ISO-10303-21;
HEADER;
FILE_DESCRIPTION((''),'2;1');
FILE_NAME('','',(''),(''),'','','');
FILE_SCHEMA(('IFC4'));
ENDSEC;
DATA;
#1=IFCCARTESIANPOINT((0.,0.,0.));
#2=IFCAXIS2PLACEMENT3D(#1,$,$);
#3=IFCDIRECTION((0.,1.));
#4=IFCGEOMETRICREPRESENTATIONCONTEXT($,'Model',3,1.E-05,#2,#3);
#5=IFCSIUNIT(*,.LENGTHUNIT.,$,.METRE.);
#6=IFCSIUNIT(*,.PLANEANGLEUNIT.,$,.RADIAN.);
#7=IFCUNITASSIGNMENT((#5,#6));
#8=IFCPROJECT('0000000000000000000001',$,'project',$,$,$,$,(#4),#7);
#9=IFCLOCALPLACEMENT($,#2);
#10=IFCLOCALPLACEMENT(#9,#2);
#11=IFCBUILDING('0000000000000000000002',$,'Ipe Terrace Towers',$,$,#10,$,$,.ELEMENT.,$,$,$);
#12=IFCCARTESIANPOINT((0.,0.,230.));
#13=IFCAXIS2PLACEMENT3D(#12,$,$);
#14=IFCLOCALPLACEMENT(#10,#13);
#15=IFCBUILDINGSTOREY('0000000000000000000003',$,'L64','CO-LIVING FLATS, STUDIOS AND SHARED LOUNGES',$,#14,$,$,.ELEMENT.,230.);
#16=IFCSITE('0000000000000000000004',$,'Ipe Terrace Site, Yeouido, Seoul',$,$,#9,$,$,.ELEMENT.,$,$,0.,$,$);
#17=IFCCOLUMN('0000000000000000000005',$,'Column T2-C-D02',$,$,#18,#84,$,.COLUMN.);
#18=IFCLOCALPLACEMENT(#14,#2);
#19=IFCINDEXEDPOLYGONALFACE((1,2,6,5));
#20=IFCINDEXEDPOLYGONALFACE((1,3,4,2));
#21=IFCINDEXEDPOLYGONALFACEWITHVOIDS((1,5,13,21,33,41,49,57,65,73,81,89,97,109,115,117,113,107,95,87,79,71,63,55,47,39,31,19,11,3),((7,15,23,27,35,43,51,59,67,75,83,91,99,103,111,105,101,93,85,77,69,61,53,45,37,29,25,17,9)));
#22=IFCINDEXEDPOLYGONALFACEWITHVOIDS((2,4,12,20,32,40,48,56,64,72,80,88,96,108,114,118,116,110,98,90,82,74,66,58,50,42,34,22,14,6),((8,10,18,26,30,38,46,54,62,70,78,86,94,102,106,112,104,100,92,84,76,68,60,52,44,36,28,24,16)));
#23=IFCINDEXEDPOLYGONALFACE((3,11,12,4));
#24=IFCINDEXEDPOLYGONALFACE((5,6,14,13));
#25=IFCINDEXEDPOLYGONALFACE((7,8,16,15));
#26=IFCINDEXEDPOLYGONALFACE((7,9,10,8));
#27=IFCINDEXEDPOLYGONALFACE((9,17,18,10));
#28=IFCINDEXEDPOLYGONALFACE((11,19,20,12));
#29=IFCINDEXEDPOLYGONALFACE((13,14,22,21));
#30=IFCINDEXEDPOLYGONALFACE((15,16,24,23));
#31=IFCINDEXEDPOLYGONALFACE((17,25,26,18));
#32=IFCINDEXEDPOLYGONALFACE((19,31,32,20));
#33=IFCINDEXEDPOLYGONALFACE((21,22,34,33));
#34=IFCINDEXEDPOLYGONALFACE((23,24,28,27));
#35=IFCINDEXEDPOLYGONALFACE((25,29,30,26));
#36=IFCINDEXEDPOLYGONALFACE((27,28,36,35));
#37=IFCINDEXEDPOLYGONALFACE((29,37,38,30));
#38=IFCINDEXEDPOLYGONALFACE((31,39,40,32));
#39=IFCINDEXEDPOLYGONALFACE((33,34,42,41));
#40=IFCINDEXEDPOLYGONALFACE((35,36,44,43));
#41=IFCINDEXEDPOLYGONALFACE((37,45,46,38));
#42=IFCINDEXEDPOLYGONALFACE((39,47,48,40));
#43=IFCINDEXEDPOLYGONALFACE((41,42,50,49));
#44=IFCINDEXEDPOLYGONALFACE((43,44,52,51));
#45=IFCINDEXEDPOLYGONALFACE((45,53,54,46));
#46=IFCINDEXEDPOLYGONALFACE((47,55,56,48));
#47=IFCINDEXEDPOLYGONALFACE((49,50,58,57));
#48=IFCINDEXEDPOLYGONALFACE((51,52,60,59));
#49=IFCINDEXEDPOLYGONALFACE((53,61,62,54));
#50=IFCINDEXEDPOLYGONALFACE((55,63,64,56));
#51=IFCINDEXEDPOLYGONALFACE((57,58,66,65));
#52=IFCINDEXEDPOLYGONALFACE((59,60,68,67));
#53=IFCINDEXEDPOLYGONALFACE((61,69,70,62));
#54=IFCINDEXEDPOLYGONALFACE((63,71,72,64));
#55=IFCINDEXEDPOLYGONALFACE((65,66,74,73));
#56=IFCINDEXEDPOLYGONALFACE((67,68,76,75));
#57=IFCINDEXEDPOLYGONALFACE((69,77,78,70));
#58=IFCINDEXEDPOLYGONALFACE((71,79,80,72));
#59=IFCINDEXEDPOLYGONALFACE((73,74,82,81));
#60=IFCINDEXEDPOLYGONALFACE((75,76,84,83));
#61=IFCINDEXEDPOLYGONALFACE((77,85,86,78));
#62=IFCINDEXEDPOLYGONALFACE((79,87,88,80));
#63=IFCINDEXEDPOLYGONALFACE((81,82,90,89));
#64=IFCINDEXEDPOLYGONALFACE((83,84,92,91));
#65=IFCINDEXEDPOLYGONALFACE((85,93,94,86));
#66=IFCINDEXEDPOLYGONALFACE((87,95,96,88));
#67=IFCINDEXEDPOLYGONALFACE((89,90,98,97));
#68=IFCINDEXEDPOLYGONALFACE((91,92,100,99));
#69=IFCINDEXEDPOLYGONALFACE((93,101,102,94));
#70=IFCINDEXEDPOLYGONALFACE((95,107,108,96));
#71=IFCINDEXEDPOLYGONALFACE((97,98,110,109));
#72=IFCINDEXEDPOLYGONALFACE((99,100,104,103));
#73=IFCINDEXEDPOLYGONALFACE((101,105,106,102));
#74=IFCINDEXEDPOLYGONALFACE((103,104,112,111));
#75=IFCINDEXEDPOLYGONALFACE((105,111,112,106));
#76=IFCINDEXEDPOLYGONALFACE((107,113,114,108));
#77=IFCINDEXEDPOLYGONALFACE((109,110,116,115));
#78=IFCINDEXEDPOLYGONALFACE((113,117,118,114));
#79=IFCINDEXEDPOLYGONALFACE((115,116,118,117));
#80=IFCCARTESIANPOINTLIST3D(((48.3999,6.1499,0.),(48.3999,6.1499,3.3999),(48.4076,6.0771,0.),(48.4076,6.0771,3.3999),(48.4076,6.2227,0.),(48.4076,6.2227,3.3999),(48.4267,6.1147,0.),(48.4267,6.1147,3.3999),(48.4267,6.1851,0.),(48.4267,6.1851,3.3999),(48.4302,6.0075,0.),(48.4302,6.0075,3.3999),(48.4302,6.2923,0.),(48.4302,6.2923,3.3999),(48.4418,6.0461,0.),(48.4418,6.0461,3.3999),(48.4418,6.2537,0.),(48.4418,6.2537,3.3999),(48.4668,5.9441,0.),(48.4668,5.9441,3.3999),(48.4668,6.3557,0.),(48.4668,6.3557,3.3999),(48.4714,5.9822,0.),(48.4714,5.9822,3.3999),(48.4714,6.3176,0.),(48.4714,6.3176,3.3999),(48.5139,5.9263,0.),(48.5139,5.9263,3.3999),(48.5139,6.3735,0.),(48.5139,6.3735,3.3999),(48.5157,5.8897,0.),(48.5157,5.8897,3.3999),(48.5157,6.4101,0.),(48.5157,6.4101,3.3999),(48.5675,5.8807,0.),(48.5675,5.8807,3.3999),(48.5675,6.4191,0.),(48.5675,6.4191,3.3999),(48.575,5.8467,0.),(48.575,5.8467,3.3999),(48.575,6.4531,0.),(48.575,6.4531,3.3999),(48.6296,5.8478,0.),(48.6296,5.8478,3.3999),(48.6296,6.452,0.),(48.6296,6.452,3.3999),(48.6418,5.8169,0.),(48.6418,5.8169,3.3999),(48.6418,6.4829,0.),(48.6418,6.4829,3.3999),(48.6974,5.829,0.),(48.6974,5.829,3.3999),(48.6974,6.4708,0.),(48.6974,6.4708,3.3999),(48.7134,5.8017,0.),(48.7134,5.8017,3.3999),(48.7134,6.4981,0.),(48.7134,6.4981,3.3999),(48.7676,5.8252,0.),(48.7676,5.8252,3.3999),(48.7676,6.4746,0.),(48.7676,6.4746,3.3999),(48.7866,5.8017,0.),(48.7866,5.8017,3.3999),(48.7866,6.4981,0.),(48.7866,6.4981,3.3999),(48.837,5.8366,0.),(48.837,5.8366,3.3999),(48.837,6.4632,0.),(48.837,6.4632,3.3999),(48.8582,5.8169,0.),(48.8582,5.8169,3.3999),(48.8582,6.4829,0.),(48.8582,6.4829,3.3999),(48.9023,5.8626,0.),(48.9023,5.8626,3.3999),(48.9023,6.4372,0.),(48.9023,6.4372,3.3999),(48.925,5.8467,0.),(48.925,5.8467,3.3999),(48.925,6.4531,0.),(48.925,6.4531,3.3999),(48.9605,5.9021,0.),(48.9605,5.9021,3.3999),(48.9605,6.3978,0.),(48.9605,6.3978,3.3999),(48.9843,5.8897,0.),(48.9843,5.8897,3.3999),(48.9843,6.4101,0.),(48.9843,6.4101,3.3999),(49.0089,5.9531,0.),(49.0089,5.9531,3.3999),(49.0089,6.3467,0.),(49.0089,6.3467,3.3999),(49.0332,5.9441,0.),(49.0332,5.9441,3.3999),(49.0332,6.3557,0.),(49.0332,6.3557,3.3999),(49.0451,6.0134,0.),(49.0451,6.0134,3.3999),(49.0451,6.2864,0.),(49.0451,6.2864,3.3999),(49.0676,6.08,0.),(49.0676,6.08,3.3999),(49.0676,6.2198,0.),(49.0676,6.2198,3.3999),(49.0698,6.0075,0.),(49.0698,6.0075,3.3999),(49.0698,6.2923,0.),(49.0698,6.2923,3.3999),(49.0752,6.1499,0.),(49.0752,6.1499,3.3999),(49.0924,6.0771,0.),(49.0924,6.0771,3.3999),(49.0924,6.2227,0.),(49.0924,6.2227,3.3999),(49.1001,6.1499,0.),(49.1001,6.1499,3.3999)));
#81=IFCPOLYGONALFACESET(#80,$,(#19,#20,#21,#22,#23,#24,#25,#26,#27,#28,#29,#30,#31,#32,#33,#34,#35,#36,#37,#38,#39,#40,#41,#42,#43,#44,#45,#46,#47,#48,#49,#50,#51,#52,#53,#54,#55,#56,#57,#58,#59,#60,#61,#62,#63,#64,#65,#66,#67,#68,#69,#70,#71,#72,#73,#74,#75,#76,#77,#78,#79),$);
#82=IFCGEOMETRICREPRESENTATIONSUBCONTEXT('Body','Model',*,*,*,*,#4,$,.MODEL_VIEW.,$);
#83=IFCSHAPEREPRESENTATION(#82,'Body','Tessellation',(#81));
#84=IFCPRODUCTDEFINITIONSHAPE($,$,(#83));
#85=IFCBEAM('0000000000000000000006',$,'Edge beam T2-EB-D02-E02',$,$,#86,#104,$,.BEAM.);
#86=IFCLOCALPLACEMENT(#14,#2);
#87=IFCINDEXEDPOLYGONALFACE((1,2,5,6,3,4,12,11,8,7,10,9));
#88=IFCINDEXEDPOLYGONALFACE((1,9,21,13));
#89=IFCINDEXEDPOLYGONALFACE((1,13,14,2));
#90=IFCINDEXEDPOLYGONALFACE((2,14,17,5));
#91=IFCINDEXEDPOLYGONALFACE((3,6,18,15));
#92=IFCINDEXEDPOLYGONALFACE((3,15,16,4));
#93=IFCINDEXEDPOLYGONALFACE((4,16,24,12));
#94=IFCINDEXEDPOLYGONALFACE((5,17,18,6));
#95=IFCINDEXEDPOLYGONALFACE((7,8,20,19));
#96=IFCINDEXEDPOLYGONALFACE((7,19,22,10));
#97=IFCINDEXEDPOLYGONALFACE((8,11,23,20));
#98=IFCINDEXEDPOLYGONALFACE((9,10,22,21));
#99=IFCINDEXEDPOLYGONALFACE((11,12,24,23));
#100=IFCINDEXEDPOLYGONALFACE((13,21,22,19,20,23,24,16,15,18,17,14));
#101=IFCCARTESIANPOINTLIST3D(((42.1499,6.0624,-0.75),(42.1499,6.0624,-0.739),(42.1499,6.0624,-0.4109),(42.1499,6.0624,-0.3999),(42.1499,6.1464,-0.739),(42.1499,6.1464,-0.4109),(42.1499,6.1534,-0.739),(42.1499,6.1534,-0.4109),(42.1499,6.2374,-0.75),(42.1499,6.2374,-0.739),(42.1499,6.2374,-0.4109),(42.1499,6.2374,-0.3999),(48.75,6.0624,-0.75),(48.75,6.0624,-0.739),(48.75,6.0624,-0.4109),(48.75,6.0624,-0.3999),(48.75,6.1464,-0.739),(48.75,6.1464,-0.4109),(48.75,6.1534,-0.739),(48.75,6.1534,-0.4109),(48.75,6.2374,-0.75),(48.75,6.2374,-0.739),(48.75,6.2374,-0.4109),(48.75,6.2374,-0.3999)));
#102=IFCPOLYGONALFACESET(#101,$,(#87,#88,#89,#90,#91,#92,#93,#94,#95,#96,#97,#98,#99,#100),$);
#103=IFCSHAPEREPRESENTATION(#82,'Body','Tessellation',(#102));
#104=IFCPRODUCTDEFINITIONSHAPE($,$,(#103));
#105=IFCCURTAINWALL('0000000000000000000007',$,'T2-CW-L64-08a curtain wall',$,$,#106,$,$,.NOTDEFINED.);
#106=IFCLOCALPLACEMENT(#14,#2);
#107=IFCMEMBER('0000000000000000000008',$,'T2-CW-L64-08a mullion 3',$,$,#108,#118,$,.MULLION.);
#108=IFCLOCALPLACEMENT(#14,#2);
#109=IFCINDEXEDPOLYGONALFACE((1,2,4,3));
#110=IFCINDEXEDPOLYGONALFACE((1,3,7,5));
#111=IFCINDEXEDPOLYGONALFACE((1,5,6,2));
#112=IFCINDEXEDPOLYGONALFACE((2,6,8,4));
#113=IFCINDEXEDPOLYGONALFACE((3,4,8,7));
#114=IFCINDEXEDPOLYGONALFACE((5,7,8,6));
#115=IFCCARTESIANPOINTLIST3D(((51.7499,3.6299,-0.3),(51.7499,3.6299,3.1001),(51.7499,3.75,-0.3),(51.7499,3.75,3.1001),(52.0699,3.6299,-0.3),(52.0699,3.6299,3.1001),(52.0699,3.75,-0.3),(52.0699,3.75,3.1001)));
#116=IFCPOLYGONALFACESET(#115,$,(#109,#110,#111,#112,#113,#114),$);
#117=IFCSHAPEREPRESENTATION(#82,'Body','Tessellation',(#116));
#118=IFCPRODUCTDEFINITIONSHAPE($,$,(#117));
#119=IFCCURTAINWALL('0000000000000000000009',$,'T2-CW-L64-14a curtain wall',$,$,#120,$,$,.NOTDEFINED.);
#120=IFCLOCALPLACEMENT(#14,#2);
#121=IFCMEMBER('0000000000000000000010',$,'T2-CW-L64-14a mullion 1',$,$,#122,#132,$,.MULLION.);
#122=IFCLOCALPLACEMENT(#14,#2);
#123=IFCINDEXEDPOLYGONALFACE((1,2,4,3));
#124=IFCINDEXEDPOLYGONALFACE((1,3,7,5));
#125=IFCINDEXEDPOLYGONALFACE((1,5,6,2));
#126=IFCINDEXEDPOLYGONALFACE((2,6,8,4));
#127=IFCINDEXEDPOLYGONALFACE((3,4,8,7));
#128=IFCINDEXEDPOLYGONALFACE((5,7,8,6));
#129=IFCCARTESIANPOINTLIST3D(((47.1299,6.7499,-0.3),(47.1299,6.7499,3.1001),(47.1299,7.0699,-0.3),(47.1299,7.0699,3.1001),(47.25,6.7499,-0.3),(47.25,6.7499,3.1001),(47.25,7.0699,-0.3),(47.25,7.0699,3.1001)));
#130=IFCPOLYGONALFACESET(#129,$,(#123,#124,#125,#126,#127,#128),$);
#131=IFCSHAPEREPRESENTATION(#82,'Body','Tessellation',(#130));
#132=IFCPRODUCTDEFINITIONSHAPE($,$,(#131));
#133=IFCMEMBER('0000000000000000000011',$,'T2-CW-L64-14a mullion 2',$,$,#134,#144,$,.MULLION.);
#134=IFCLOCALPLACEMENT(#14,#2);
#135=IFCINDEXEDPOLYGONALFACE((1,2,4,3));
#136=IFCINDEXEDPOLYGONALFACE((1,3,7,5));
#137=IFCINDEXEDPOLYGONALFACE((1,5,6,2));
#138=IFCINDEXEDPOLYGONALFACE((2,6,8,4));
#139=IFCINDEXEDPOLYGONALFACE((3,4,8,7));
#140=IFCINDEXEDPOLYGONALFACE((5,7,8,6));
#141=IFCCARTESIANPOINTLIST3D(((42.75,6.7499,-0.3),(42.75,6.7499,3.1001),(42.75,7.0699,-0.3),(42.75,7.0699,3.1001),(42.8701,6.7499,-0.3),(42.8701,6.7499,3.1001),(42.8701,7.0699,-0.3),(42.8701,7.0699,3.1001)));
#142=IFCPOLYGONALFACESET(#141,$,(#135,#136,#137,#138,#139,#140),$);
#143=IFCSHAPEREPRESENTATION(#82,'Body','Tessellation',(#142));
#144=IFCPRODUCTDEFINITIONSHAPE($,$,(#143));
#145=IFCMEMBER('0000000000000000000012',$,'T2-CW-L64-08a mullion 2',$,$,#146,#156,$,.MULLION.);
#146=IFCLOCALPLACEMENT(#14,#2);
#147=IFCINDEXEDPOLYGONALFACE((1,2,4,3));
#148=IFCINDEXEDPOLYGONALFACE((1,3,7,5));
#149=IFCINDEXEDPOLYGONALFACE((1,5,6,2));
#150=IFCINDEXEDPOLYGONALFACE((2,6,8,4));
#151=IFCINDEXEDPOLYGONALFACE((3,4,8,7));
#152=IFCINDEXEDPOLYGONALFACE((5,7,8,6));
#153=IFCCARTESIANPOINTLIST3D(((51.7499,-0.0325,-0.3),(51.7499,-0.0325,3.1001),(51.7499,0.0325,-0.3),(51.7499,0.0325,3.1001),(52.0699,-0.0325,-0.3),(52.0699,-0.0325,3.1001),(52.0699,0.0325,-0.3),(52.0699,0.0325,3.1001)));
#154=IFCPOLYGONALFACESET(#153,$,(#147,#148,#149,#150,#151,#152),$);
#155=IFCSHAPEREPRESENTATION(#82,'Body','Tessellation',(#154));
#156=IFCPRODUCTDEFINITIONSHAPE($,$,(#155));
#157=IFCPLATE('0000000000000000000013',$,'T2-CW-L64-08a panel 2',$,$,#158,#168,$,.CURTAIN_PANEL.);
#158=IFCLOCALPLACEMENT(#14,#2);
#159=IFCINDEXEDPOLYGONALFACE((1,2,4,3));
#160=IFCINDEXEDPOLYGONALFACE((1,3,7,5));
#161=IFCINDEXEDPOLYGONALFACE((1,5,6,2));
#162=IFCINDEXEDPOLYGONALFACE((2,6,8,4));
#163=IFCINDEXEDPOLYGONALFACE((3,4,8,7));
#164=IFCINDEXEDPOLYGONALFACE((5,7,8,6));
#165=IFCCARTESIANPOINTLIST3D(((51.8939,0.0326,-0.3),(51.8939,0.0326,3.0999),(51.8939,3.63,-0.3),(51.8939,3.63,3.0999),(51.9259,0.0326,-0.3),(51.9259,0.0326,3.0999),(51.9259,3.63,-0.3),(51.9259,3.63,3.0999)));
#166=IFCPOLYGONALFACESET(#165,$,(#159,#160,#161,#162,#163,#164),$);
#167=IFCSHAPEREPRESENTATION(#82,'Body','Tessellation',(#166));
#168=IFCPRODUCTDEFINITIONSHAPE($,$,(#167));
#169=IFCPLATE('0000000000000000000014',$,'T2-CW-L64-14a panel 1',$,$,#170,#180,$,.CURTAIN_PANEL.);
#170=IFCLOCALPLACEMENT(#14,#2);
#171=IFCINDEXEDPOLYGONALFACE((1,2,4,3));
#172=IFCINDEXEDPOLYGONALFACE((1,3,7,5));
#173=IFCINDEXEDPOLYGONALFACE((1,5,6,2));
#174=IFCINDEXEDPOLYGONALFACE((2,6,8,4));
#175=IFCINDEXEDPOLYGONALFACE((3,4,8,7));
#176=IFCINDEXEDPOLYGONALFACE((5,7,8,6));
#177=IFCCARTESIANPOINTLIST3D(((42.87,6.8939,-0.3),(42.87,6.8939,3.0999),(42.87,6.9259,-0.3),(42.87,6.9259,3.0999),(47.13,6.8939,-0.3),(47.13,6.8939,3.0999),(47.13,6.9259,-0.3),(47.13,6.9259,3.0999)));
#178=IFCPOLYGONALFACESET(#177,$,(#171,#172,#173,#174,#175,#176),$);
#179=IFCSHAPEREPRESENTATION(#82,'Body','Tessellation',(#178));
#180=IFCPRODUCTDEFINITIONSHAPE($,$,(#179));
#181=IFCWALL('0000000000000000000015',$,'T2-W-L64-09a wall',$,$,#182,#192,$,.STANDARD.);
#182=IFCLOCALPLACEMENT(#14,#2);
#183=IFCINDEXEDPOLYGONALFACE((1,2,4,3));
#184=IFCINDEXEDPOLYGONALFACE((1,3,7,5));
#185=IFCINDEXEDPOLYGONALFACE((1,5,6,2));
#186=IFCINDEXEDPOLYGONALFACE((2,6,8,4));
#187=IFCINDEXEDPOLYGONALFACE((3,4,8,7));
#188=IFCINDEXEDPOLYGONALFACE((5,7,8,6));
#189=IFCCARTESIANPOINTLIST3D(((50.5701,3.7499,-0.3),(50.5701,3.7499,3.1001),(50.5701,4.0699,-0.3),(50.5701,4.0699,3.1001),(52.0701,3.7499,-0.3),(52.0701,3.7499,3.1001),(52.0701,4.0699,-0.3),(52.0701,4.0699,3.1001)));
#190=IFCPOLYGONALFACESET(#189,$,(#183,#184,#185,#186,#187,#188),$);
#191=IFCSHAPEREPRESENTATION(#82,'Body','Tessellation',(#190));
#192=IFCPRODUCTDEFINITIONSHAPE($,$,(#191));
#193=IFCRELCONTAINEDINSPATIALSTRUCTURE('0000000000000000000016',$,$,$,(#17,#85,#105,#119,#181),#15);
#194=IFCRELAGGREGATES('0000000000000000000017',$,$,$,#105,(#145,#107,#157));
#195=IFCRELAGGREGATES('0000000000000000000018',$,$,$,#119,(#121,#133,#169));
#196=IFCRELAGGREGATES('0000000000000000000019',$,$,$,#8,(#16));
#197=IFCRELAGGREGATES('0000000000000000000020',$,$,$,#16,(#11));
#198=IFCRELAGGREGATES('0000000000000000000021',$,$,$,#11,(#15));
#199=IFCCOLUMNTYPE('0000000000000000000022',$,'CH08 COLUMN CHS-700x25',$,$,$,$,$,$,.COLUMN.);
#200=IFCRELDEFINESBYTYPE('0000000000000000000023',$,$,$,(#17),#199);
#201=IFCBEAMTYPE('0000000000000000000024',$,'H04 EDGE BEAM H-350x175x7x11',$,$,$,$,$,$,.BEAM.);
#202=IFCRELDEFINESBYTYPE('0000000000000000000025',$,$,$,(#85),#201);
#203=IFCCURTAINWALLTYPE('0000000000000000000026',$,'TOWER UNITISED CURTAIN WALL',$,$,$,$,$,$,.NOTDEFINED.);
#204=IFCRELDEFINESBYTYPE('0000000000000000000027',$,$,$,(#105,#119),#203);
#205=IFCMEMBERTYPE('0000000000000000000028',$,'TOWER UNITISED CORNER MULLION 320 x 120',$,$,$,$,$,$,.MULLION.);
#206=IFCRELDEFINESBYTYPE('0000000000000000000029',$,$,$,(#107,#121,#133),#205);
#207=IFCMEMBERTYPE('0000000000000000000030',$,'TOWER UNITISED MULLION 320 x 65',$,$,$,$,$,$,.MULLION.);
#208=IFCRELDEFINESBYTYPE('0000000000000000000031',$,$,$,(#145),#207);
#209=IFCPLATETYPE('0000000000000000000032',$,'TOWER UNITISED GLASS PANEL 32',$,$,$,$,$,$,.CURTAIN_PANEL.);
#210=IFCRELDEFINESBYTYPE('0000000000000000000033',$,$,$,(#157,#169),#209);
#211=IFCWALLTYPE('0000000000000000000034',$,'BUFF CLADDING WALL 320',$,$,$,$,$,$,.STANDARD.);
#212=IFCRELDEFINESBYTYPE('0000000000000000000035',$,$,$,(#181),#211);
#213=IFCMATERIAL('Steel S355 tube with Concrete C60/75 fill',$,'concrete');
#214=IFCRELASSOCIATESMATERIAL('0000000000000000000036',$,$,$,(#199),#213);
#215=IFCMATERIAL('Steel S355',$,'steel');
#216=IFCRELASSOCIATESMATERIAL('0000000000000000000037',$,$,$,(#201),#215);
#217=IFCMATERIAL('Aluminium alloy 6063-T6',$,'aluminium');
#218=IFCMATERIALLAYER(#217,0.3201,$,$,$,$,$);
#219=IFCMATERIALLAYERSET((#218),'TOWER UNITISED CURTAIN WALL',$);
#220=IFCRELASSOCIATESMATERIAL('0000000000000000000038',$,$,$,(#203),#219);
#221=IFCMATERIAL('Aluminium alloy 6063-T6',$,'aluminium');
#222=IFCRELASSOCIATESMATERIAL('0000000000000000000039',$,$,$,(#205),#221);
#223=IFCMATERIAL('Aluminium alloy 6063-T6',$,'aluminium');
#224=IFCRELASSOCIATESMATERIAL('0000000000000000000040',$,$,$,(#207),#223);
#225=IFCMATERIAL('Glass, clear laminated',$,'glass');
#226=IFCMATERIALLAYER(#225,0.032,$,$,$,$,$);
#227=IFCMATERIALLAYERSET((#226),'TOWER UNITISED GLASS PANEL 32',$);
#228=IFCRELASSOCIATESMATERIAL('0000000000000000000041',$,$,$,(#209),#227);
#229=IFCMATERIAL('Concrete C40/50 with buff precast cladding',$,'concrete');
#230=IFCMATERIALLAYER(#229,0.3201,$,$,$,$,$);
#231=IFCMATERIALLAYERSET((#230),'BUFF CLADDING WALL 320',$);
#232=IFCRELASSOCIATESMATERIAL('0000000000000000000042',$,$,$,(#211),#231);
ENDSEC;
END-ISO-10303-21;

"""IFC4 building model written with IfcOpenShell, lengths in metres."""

from ifc_helpers import new_model, si_unit, direction, frame, frame_2d, origin, origin_2d, place, context, subcontext, project, spatial, rectangle, hollow_circle, i_section, extrude, material, layer, layer_set, material_profile, profile_set, type_object, element, aggregate, save


model = new_model("IFC4")

# Units and contexts
model_context = context("Model", 3, precision=1e-05, world=origin(), true_north=direction((0.0, 1.0)))
body_context = subcontext(model_context, "Body", "Model", "MODEL_VIEW")
ifc_project = project(units=[si_unit("LENGTHUNIT", "METRE"), si_unit("PLANEANGLEUNIT", "RADIAN")], contexts=[model_context])

# Site, building, storey
site_placement = place(None, origin())
site = spatial("IfcSite", under=ifc_project, at=site_placement, Name="Ipe Terrace Site, Yeouido, Seoul", CompositionType="ELEMENT", RefElevation=0.0)
building_placement = place(site_placement, origin())
building = spatial("IfcBuilding", under=site, at=building_placement, Name="Ipe Terrace Towers", CompositionType="ELEMENT")
storey_placement = place(building_placement, frame((0.0, 0.0, 230.0)))
storey = spatial("IfcBuildingStorey", under=building, at=storey_placement, Name="L64", Description="CO-LIVING FLATS, STUDIOS AND SHARED LOUNGES", CompositionType="ELEMENT", Elevation=230.0)

# Column
ifc_material_1 = material(Name="Steel S355 tube with Concrete C60/75 fill", Category="concrete")
ifc_material_profile_1 = material_profile(ifc_material_1, hollow_circle(Radius=0.3501, WallThickness=0.0249, at=origin_2d()), Name="CHS-700x25")
ifc_profile_set_1 = profile_set([ifc_material_profile_1], Name="Steel S355 tube with Concrete C60/75 fill")
column_type = type_object("IfcColumnType", Name="CH08 COLUMN CHS-700x25", PredefinedType="COLUMN", material=ifc_profile_set_1)
column_placement = place(storey_placement, frame((48.75, 6.1499, 0.0), z_axis=(0.0, 0.0, 1.0), x_axis=(1.0, 0.0, 0.0)))
element("IfcColumn", 1, at=column_placement, inside=storey, type_object=column_type, Name="Column T2-C-D02", PredefinedType="COLUMN", context=body_context, shape_type="SweptSolid", body=[
    extrude(hollow_circle(Radius=0.3501, WallThickness=0.0249, at=origin_2d()), origin(), (0.0, 0.0, 1.0), 3.3999),
])

# Beam
ifc_material_2 = material(Name="Steel S355", Category="steel")
ifc_material_profile_2 = material_profile(ifc_material_2, i_section(OverallWidth=0.175, OverallDepth=0.3501, WebThickness=0.0071, FlangeThickness=0.011, at=origin_2d()), Name="H-350x175x7x11")
ifc_profile_set_2 = profile_set([ifc_material_profile_2], Name="Steel S355")
beam_type = type_object("IfcBeamType", Name="H04 EDGE BEAM H-350x175x7x11", PredefinedType="BEAM", material=ifc_profile_set_2)
beam_placement = place(storey_placement, frame((48.75, 6.1499, -0.575), z_axis=(-1.0, 0.0, 0.0), x_axis=(0.0, -1.0, 0.0)))
element("IfcBeam", 2, at=beam_placement, inside=storey, type_object=beam_type, Name="Edge beam T2-EB-D02-E02", PredefinedType="BEAM", context=body_context, shape_type="SweptSolid", body=[
    extrude(i_section(OverallWidth=0.175, OverallDepth=0.3501, WebThickness=0.0071, FlangeThickness=0.011, at=origin_2d()), origin(), (0.0, 0.0, 1.0), 6.6001),
])

# Curtain wall, member
ifc_material_3 = material(Name="Aluminium alloy 6063-T6", Category="aluminium")
ifc_layer_1 = layer(ifc_material_3, 0.3201)
ifc_layer_set_1 = layer_set([ifc_layer_1], Name="TOWER UNITISED CURTAIN WALL")
curtain_wall_type = type_object("IfcCurtainWallType", Name="TOWER UNITISED CURTAIN WALL", PredefinedType="NOTDEFINED", material=ifc_layer_set_1)
curtain_wall_1_placement = place(storey_placement, origin())
curtain_wall_1 = element("IfcCurtainWall", 3, at=curtain_wall_1_placement, inside=storey, type_object=curtain_wall_type, Name="T2-CW-L64-08a curtain wall", PredefinedType="NOTDEFINED")
ifc_material_4 = material(Name="Aluminium alloy 6063-T6", Category="aluminium")
ifc_material_profile_3 = material_profile(ifc_material_4, rectangle(XDim=0.3201, YDim=0.1201, at=origin_2d()), Name="TOWER UNITISED CORNER MULLION 320 x 120")
ifc_profile_set_3 = profile_set([ifc_material_profile_3], Name="Aluminium alloy 6063-T6")
member_type_1 = type_object("IfcMemberType", Name="TOWER UNITISED CORNER MULLION 320 x 120", PredefinedType="MULLION", material=ifc_profile_set_3)
member_1_placement = place(storey_placement, frame((51.9099, 3.6899, -0.3), z_axis=(0.0, 0.0, 1.0), x_axis=(1.0, 0.0, 0.0)))
member_1 = element("IfcMember", 4, at=member_1_placement, type_object=member_type_1, Name="T2-CW-L64-08a mullion 3", PredefinedType="MULLION", context=body_context, shape_type="SweptSolid", body=[
    extrude(rectangle(XDim=0.3201, YDim=0.1201, at=origin_2d()), origin(), (0.0, 0.0, 1.0), 3.4001),
])

# Curtain wall, members
curtain_wall_2_placement = place(storey_placement, origin())
curtain_wall_2 = element("IfcCurtainWall", 5, at=curtain_wall_2_placement, inside=storey, type_object=curtain_wall_type, Name="T2-CW-L64-14a curtain wall", PredefinedType="NOTDEFINED")
member_2_placement = place(storey_placement, frame((47.1899, 6.9099, -0.3), z_axis=(0.0, 0.0, 1.0), x_axis=(0.0, 1.0, 0.0)))
member_2 = element("IfcMember", 6, at=member_2_placement, type_object=member_type_1, Name="T2-CW-L64-14a mullion 1", PredefinedType="MULLION", context=body_context, shape_type="SweptSolid", body=[
    extrude(rectangle(XDim=0.3201, YDim=0.1201, at=origin_2d()), origin(), (0.0, 0.0, 1.0), 3.4001),
])
member_3_placement = place(storey_placement, frame((42.8101, 6.9099, -0.3), z_axis=(0.0, 0.0, 1.0), x_axis=(0.0, 1.0, 0.0)))
member_3 = element("IfcMember", 7, at=member_3_placement, type_object=member_type_1, Name="T2-CW-L64-14a mullion 2", PredefinedType="MULLION", context=body_context, shape_type="SweptSolid", body=[
    extrude(rectangle(XDim=0.3201, YDim=0.1201, at=origin_2d()), origin(), (0.0, 0.0, 1.0), 3.4001),
])

# Member
ifc_material_5 = material(Name="Aluminium alloy 6063-T6", Category="aluminium")
ifc_material_profile_4 = material_profile(ifc_material_5, rectangle(XDim=0.3201, YDim=0.0649, at=origin_2d()), Name="TOWER UNITISED MULLION 320 x 65")
ifc_profile_set_4 = profile_set([ifc_material_profile_4], Name="Aluminium alloy 6063-T6")
member_type_2 = type_object("IfcMemberType", Name="TOWER UNITISED MULLION 320 x 65", PredefinedType="MULLION", material=ifc_profile_set_4)
member_4_placement = place(storey_placement, frame((51.9099, 0.0, -0.3), z_axis=(0.0, 0.0, 1.0), x_axis=(1.0, 0.0, 0.0)))
member_4 = element("IfcMember", 8, at=member_4_placement, type_object=member_type_2, Name="T2-CW-L64-08a mullion 2", PredefinedType="MULLION", context=body_context, shape_type="SweptSolid", body=[
    extrude(rectangle(XDim=0.3201, YDim=0.0649, at=origin_2d()), origin(), (0.0, 0.0, 1.0), 3.4001),
])

# Plates
ifc_material_6 = material(Name="Glass, clear laminated", Category="glass")
ifc_layer_2 = layer(ifc_material_6, 0.032)
ifc_layer_set_2 = layer_set([ifc_layer_2], Name="TOWER UNITISED GLASS PANEL 32")
plate_type = type_object("IfcPlateType", Name="TOWER UNITISED GLASS PANEL 32", PredefinedType="CURTAIN_PANEL", material=ifc_layer_set_2)
plate_1_placement = place(storey_placement, frame((51.9099, 1.8313, -0.3), z_axis=(0.0, 0.0, 1.0), x_axis=(0.0, 1.0, 0.0)))
plate_1 = element("IfcPlate", 9, at=plate_1_placement, type_object=plate_type, Name="T2-CW-L64-08a panel 2", PredefinedType="CURTAIN_PANEL", context=body_context, shape_type="SweptSolid", body=[
    extrude(rectangle(XDim=3.5974, YDim=0.032, at=origin_2d()), origin(), (0.0, 0.0, 1.0), 3.3999),
])
aggregate(curtain_wall_1, [member_4, member_1, plate_1])
plate_2_placement = place(storey_placement, frame((45.0, 6.9099, -0.3), z_axis=(0.0, 0.0, 1.0), x_axis=(-1.0, 0.0, 0.0)))
plate_2 = element("IfcPlate", 10, at=plate_2_placement, type_object=plate_type, Name="T2-CW-L64-14a panel 1", PredefinedType="CURTAIN_PANEL", context=body_context, shape_type="SweptSolid", body=[
    extrude(rectangle(XDim=4.26, YDim=0.032, at=origin_2d()), origin(), (0.0, 0.0, 1.0), 3.3999),
])
aggregate(curtain_wall_2, [member_2, member_3, plate_2])

# Wall
ifc_material_7 = material(Name="Concrete C40/50 with buff precast cladding", Category="concrete")
ifc_layer_3 = layer(ifc_material_7, 0.3201)
ifc_layer_set_3 = layer_set([ifc_layer_3], Name="BUFF CLADDING WALL 320")
wall_type_1 = type_object("IfcWallType", Name="BUFF CLADDING WALL 320", PredefinedType="STANDARD", material=ifc_layer_set_3)
wall_1_placement = place(storey_placement, frame((52.0701, 3.9099, -0.3), z_axis=(0.0, 0.0, 1.0), x_axis=(-1.0, 0.0, 0.0)))
element("IfcWall", 11, at=wall_1_placement, inside=storey, type_object=wall_type_1, Name="T2-W-L64-09a wall", PredefinedType="STANDARD", context=body_context, shape_type="SweptSolid", body=[
    extrude(rectangle(XDim=1.5, YDim=0.3201, at=frame_2d((0.75, 0.0))), origin(), (0.0, 0.0, 1.0), 3.4001),
])

save(model, "model.ifc")
